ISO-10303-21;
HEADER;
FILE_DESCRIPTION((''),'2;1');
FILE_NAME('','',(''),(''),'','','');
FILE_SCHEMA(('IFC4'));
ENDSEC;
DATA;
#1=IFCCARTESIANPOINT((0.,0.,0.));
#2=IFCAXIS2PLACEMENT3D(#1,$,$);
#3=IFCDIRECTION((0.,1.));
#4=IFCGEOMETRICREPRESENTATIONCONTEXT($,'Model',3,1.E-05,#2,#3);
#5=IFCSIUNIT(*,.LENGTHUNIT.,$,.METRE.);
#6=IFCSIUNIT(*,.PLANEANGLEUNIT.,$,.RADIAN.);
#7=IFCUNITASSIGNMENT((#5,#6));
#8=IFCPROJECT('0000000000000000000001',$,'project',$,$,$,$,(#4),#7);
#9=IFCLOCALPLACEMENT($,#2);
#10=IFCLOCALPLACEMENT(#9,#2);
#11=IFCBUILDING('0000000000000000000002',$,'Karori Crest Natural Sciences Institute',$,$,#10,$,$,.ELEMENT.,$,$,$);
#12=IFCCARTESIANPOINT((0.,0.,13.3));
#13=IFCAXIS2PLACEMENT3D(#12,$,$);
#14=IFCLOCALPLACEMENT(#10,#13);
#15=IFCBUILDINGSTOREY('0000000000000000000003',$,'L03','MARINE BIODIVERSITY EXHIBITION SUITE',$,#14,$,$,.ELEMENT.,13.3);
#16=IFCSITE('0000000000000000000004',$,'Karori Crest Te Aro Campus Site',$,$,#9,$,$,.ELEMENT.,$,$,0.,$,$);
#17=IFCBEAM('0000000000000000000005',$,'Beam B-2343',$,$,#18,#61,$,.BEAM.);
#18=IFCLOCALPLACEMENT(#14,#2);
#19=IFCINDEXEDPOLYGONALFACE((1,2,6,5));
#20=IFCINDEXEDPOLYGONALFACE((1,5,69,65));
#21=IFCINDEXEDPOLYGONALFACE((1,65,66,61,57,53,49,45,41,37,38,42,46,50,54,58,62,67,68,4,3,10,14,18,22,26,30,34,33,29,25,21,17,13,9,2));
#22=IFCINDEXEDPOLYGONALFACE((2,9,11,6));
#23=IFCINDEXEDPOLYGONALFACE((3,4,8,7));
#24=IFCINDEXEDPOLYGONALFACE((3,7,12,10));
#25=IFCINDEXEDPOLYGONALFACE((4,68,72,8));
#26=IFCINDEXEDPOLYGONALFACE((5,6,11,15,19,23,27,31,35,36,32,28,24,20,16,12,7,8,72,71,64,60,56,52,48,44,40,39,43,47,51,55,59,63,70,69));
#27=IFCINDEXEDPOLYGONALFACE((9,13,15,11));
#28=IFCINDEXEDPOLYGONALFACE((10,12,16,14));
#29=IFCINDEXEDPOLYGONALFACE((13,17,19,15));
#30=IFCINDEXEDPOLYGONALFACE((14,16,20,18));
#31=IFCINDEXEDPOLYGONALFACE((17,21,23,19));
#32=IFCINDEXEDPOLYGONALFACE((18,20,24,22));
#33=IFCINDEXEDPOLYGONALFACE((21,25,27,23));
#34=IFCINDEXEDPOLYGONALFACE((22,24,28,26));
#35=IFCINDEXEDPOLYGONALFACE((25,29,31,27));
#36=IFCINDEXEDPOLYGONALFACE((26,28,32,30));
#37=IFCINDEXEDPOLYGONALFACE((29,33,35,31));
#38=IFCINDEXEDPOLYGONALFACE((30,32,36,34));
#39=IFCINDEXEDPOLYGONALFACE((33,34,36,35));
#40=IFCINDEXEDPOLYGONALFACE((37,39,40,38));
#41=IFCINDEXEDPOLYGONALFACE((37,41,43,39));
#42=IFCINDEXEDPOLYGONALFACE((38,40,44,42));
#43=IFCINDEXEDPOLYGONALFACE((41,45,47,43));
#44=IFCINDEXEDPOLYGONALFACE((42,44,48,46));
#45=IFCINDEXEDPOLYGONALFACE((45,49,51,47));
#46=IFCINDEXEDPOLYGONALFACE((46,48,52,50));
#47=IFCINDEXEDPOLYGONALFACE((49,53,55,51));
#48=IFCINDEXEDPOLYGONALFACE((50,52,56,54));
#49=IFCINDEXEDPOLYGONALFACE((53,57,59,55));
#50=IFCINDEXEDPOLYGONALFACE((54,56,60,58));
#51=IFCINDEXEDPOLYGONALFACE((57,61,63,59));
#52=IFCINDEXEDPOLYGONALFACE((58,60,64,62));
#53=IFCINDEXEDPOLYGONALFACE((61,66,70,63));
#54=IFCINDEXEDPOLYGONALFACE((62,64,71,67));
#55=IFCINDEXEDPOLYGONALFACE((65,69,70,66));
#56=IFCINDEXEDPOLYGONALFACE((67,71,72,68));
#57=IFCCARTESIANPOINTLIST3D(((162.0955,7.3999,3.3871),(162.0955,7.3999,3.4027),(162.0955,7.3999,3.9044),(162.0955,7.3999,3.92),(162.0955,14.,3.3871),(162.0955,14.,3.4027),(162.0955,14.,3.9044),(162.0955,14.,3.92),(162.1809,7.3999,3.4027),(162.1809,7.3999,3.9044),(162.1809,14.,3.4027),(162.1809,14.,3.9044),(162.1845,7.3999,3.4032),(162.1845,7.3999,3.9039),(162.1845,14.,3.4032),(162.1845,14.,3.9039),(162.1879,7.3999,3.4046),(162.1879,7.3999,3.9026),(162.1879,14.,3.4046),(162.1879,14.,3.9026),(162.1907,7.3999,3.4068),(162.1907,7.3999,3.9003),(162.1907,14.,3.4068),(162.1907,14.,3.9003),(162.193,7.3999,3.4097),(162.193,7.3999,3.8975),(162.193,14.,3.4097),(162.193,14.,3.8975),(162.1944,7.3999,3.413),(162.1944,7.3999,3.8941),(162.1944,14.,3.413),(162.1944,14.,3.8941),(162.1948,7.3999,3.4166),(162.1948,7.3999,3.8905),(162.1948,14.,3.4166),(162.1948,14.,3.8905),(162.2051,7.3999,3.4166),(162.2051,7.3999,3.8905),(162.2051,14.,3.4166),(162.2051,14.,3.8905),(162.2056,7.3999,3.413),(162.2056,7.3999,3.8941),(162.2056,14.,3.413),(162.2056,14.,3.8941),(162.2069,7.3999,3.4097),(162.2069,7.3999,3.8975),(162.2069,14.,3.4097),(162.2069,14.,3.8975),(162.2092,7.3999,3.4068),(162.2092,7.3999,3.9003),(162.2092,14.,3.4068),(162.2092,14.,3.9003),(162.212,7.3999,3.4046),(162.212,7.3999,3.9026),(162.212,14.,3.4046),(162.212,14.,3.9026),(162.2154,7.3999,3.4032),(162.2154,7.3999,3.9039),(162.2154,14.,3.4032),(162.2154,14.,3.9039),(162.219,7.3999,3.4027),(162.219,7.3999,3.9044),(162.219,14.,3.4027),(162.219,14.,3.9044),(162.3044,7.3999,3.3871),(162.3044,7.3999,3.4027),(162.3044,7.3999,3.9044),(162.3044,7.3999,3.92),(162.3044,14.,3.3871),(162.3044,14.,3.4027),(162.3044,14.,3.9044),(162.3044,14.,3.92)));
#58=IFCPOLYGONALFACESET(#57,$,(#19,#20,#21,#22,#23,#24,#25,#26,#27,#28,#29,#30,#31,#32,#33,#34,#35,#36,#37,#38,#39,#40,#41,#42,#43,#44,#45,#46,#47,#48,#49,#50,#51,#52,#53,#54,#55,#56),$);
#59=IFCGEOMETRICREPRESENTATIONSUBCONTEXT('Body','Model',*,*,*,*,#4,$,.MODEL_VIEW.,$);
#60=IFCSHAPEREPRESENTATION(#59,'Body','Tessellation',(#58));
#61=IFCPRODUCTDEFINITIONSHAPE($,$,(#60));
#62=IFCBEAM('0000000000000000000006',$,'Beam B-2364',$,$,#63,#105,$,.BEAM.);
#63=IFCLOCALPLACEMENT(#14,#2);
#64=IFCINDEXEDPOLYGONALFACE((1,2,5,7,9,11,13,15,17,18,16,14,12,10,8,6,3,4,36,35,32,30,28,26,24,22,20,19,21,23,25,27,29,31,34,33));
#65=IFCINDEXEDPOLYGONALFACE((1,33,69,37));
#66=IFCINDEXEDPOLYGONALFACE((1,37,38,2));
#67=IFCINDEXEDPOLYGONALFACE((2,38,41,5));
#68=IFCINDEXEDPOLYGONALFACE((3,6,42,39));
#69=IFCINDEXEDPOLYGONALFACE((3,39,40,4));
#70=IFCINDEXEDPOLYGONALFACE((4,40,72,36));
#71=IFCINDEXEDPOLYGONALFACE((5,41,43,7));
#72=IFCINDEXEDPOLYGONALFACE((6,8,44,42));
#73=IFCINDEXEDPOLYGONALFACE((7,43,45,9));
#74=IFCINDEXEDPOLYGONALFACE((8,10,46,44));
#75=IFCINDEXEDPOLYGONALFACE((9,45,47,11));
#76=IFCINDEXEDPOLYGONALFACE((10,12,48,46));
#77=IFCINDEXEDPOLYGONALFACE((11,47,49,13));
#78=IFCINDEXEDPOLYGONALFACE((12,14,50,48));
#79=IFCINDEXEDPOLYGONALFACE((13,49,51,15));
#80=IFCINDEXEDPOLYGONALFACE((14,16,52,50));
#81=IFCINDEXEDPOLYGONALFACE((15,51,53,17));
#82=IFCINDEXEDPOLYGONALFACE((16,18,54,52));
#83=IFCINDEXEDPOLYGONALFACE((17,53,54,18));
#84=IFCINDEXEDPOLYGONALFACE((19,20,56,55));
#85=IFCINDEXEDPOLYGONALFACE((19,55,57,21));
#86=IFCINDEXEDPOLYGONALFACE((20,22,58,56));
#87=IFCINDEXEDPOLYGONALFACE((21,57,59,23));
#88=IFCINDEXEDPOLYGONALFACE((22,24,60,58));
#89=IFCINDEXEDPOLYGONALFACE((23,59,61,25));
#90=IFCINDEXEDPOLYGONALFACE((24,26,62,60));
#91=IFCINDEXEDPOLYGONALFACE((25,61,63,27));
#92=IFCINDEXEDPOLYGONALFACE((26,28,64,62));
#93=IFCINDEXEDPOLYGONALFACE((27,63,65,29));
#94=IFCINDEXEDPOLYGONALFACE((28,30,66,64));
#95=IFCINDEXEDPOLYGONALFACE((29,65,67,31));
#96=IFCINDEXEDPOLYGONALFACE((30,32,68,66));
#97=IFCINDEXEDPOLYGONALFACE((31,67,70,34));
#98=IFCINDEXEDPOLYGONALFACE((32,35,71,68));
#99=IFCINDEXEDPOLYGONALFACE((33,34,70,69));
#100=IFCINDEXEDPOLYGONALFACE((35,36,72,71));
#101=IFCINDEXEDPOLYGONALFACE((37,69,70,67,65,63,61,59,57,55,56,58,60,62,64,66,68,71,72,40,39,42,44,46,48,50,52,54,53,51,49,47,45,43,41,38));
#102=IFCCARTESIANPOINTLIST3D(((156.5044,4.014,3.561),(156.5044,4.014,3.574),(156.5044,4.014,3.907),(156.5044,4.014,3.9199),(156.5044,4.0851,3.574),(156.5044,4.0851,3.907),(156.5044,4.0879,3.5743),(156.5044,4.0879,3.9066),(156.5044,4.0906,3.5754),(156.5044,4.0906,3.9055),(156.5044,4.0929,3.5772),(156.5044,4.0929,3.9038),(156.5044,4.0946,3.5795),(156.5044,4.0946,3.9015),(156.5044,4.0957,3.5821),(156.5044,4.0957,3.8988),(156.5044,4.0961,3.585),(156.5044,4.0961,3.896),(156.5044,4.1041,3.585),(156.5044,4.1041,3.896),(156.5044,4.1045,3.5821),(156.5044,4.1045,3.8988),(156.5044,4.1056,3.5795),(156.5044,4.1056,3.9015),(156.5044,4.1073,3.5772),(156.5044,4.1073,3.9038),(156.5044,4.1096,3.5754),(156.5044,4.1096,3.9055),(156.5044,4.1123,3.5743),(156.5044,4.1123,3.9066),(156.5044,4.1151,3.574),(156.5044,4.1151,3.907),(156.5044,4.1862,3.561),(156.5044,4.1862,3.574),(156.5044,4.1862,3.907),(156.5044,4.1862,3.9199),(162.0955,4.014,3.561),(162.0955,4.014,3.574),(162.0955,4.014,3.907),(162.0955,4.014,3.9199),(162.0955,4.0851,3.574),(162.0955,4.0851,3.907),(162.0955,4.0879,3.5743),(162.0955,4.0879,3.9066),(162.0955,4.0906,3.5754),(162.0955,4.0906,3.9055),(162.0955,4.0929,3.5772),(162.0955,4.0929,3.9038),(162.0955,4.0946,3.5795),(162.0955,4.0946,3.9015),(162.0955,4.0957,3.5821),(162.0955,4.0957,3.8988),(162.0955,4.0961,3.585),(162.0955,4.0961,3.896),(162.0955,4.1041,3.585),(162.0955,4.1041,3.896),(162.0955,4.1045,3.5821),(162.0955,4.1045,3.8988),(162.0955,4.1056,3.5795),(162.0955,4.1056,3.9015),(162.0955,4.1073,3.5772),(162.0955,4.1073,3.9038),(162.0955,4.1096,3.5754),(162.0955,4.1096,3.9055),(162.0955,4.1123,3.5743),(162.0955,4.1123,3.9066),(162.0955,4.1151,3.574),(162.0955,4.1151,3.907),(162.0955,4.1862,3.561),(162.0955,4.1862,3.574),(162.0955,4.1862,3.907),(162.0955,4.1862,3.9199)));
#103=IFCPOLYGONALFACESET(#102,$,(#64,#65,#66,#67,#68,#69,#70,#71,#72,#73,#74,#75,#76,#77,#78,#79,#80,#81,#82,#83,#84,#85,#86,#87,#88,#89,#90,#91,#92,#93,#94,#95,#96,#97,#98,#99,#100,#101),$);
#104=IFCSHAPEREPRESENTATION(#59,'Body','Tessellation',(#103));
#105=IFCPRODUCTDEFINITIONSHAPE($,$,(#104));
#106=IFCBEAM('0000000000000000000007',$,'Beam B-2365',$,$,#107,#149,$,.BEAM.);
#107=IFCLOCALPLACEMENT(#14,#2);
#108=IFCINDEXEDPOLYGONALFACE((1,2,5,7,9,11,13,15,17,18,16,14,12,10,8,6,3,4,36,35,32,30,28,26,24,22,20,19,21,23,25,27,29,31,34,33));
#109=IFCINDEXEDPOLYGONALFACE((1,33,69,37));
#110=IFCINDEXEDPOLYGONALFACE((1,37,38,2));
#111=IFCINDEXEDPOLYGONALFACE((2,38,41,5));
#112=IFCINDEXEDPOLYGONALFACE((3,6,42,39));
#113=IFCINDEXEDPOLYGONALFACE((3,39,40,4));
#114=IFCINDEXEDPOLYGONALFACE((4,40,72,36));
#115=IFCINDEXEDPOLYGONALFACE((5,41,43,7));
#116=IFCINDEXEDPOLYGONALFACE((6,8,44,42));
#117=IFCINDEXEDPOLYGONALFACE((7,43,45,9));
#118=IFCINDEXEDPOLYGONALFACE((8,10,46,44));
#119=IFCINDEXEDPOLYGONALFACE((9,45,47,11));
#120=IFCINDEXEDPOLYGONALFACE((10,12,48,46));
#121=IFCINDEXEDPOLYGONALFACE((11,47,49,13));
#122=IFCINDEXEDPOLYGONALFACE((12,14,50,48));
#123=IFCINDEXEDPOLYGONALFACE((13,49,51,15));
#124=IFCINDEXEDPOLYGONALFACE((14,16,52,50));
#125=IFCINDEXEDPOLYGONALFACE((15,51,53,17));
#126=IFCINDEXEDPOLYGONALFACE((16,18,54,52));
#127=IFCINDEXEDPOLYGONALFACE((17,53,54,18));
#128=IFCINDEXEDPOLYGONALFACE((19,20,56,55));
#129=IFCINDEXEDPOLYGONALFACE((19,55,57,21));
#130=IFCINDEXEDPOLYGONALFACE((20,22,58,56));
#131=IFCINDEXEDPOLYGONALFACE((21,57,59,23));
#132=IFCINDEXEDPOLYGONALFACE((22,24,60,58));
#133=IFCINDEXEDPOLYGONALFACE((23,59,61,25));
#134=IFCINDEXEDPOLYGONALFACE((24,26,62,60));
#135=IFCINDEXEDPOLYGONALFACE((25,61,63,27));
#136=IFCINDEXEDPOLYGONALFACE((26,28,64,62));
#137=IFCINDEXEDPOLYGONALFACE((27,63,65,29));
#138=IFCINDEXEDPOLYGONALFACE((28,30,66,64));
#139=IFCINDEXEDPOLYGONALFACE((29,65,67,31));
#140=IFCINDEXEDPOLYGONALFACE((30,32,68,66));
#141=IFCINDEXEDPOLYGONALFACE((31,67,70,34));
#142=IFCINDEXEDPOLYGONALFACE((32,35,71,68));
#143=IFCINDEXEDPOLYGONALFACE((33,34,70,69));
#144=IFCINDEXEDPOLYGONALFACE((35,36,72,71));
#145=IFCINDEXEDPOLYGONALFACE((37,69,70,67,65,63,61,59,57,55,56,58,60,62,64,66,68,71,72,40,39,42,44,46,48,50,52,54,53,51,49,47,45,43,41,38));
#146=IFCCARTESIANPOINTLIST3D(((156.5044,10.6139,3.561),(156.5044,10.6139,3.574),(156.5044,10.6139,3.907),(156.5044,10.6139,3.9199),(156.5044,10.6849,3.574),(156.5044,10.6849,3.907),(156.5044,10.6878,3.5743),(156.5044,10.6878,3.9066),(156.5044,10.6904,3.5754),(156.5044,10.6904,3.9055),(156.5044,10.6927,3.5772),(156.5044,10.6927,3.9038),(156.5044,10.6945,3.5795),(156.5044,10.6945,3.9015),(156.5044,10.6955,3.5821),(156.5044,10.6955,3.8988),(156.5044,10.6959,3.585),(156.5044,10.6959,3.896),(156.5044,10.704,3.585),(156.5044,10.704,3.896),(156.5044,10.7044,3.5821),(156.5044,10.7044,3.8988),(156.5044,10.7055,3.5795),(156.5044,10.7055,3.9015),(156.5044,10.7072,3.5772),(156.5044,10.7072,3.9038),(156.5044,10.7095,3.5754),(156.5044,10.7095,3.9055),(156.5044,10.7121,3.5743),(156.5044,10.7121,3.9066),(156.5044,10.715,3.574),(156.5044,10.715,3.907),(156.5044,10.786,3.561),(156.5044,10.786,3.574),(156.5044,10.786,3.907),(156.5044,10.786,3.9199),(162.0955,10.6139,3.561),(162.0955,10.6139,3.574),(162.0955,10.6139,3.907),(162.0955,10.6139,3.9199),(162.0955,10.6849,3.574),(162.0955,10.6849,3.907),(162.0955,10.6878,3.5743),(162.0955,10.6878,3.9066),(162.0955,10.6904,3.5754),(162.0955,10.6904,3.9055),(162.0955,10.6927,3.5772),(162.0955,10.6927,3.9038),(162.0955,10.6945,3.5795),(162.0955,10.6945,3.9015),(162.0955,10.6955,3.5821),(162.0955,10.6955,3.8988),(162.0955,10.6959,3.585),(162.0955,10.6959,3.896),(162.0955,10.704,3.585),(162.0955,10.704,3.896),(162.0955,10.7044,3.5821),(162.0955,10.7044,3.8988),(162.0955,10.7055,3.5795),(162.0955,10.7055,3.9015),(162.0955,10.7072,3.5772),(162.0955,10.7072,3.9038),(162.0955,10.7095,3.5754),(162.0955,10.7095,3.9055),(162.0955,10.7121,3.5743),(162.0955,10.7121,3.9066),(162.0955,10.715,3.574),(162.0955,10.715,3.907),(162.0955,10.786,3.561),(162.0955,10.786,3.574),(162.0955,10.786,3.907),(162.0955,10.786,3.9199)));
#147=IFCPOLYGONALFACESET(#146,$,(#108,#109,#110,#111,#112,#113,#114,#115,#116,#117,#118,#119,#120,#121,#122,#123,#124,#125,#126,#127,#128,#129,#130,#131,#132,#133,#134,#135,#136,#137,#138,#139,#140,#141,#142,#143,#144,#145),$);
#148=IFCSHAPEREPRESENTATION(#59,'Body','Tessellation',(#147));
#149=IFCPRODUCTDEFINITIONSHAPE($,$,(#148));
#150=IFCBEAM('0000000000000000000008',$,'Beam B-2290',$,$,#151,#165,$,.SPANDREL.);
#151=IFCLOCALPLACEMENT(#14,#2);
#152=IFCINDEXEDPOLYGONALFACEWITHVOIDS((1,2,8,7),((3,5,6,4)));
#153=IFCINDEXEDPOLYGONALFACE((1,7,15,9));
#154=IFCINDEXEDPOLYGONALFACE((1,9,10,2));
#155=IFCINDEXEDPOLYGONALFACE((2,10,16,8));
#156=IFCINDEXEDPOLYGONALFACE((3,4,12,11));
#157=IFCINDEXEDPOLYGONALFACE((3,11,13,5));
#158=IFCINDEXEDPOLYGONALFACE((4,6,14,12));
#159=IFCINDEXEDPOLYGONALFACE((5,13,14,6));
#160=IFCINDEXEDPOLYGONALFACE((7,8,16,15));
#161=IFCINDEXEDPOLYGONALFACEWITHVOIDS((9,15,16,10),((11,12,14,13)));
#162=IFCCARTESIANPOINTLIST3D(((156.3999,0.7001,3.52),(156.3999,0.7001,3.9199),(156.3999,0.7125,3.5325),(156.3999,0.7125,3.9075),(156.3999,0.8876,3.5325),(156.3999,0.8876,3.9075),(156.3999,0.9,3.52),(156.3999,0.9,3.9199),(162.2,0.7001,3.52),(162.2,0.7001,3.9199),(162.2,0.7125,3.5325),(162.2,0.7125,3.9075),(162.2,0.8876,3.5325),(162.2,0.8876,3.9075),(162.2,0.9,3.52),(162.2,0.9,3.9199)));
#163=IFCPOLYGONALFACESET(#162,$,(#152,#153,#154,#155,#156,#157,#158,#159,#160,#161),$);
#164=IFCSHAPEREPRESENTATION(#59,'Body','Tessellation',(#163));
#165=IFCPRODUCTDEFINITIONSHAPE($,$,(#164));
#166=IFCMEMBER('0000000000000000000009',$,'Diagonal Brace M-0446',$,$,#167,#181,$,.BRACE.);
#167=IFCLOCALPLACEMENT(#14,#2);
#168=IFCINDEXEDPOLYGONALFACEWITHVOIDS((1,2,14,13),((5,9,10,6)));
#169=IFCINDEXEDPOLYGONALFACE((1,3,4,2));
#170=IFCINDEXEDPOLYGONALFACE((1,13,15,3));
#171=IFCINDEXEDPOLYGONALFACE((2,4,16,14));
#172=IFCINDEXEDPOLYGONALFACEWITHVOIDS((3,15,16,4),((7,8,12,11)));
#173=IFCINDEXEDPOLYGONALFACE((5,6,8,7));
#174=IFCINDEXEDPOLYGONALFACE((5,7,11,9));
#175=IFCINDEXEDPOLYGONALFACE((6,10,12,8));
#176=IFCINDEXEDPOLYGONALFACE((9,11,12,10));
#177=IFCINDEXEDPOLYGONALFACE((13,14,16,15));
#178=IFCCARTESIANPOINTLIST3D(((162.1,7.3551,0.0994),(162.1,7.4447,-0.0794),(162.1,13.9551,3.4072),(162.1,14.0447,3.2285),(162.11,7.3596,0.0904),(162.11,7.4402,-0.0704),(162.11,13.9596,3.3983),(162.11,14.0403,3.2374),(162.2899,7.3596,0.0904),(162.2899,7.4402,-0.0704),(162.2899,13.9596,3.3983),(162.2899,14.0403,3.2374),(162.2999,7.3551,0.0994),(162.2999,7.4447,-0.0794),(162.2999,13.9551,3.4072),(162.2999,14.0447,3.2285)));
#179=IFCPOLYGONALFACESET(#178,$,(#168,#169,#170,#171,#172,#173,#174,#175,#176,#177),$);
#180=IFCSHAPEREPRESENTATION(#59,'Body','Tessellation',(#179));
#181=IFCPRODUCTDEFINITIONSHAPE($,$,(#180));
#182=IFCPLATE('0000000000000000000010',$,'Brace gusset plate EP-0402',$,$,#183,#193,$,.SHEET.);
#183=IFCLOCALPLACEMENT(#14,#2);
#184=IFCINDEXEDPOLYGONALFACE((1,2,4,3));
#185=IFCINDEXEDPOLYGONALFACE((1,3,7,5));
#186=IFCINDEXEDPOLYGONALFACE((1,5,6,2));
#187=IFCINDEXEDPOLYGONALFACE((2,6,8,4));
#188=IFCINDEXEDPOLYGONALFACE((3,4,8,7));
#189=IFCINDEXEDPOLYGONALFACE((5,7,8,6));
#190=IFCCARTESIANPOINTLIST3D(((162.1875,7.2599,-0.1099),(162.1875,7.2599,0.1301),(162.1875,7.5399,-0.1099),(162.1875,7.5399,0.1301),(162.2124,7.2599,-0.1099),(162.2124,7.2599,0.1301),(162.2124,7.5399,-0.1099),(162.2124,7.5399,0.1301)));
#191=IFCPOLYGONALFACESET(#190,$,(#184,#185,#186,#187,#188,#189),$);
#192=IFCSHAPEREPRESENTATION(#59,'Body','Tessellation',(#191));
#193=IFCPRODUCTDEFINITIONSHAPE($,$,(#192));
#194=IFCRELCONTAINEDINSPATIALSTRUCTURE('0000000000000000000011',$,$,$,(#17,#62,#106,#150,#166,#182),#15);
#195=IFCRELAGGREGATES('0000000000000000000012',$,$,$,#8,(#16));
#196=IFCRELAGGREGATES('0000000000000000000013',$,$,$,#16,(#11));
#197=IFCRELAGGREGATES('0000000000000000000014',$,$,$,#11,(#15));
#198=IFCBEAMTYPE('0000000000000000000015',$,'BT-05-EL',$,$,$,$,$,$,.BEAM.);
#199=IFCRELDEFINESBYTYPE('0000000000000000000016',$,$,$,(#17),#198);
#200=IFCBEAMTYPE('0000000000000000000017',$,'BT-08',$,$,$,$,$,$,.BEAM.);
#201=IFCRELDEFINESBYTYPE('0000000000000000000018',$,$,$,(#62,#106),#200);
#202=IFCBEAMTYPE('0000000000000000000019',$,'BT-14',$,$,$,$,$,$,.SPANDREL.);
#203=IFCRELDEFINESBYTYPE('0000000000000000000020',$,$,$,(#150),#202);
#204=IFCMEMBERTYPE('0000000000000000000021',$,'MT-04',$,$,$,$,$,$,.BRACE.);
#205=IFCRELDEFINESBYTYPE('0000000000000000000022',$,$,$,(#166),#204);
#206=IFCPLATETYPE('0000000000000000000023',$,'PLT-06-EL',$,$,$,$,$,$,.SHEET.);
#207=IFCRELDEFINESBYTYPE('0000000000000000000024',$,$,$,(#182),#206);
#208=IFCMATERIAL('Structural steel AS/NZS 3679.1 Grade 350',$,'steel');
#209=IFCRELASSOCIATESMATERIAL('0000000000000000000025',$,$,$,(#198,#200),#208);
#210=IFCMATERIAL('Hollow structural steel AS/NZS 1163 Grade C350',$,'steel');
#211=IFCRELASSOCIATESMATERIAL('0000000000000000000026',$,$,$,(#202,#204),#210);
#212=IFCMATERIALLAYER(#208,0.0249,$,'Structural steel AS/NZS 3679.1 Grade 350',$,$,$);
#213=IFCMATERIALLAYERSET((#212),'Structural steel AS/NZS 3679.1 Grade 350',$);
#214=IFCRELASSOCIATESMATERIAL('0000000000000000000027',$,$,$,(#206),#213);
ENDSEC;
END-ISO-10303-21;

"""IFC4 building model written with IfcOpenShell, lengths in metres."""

from ifc_helpers import new_model, si_unit, direction, frame, origin, origin_2d, place, context, subcontext, project, spatial, rectangle, hollow_rectangle, i_section, extrude, material, layer, layer_set, material_profile, profile_set, type_object, element, save


model = new_model("IFC4")

# Units and contexts
model_context = context("Model", 3, precision=1e-05, world=origin(), true_north=direction((0.0, 1.0)))
body_context = subcontext(model_context, "Body", "Model", "MODEL_VIEW")
ifc_project = project(units=[si_unit("LENGTHUNIT", "METRE"), si_unit("PLANEANGLEUNIT", "RADIAN")], contexts=[model_context])

# Site, building, storey
site_placement = place(None, origin())
site = spatial("IfcSite", under=ifc_project, at=site_placement, Name="Karori Crest Te Aro Campus Site", CompositionType="ELEMENT", RefElevation=0.0)
building_placement = place(site_placement, origin())
building = spatial("IfcBuilding", under=site, at=building_placement, Name="Karori Crest Natural Sciences Institute", CompositionType="ELEMENT")
storey_placement = place(building_placement, frame((0.0, 0.0, 13.3)))
storey = spatial("IfcBuildingStorey", under=building, at=storey_placement, Name="L03", Description="MARINE BIODIVERSITY EXHIBITION SUITE", CompositionType="ELEMENT", Elevation=13.3)

# Shared definitions
ifc_material_1 = material(Name="Structural steel AS/NZS 3679.1 Grade 350", Category="steel")

# Beams
ifc_material_profile_1 = material_profile(ifc_material_1, i_section(OverallWidth=0.209, OverallDepth=0.533, WebThickness=0.0103, FlangeThickness=0.0156, FilletRadius=0.0139, at=origin_2d()), Name="530UB92.4")
ifc_profile_set_1 = profile_set([ifc_material_profile_1], Name="Structural steel AS/NZS 3679.1 Grade 350")
beam_type_1 = type_object("IfcBeamType", Name="BT-05-EL", PredefinedType="BEAM", material=ifc_profile_set_1)
beam_1_placement = place(storey_placement, frame((162.2, 7.3999, 3.6536), z_axis=(0.0, 1.0, 0.0), x_axis=(-1.0, 0.0, 0.0)))
element("IfcBeam", 1, at=beam_1_placement, inside=storey, type_object=beam_type_1, Name="Beam B-2343", PredefinedType="BEAM", context=body_context, shape_type="SweptSolid", body=[
    extrude(i_section(OverallWidth=0.209, OverallDepth=0.533, WebThickness=0.0103, FlangeThickness=0.0156, FilletRadius=0.0139, at=origin_2d()), origin(), (0.0, 0.0, 1.0), 6.6001),
])
ifc_material_profile_2 = material_profile(ifc_material_1, i_section(OverallWidth=0.1721, OverallDepth=0.3589, WebThickness=0.0081, FlangeThickness=0.0129, FilletRadius=0.011, at=origin_2d()), Name="360UB56.7")
ifc_profile_set_2 = profile_set([ifc_material_profile_2], Name="Structural steel AS/NZS 3679.1 Grade 350")
beam_type_2 = type_object("IfcBeamType", Name="BT-08", PredefinedType="BEAM", material=ifc_profile_set_2)
for number, where, z_axis, x_axis, name in (
    (2, (156.5044, 4.1001, 3.7405), (1.0, 0.0, 0.0), (0.0, 1.0, 0.0), "Beam B-2364"),
    (3, (156.5044, 10.7, 3.7405), (1.0, 0.0, 0.0), (0.0, 1.0, 0.0), "Beam B-2365"),
):
    element("IfcBeam", number, at=place(storey_placement, frame(where, z_axis=z_axis, x_axis=x_axis)), inside=storey, type_object=beam_type_2, Name=name, PredefinedType="BEAM", context=body_context, shape_type="SweptSolid", body=[
        extrude(i_section(OverallWidth=0.1721, OverallDepth=0.3589, WebThickness=0.0081, FlangeThickness=0.0129, FilletRadius=0.011, at=origin_2d()), origin(), (0.0, 0.0, 1.0), 5.5911),
    ])
ifc_material_2 = material(Name="Hollow structural steel AS/NZS 1163 Grade C350", Category="steel")
ifc_material_profile_3 = material_profile(ifc_material_2, hollow_rectangle(XDim=0.2, YDim=0.3999, WallThickness=0.0125, at=origin_2d()), Name="RHS400x200x12.5")
ifc_profile_set_3 = profile_set([ifc_material_profile_3], Name="Hollow structural steel AS/NZS 1163 Grade C350")
beam_type_3 = type_object("IfcBeamType", Name="BT-14", PredefinedType="SPANDREL", material=ifc_profile_set_3)
beam_2_placement = place(storey_placement, frame((156.3999, 0.8, 3.72), z_axis=(1.0, 0.0, 0.0), x_axis=(0.0, 1.0, 0.0)))
element("IfcBeam", 4, at=beam_2_placement, inside=storey, type_object=beam_type_3, Name="Beam B-2290", PredefinedType="SPANDREL", context=body_context, shape_type="SweptSolid", body=[
    extrude(hollow_rectangle(XDim=0.2, YDim=0.3999, WallThickness=0.0125, at=origin_2d()), origin(), (0.0, 0.0, 1.0), 5.8),
])

# Member
ifc_material_profile_4 = material_profile(ifc_material_2, hollow_rectangle(XDim=0.2, YDim=0.2, WallThickness=0.01, at=origin_2d()), Name="SHS200x200x10")
ifc_profile_set_4 = profile_set([ifc_material_profile_4], Name="Hollow structural steel AS/NZS 1163 Grade C350")
member_type = type_object("IfcMemberType", Name="MT-04", PredefinedType="BRACE", material=ifc_profile_set_4)
member_placement = place(storey_placement, frame((162.2, 7.3999, 0.01), z_axis=(0.0, 0.894003, 0.44806), x_axis=(-1.0, 0.0, 0.0)))
element("IfcMember", 5, at=member_placement, inside=storey, type_object=member_type, Name="Diagonal Brace M-0446", PredefinedType="BRACE", context=body_context, shape_type="SweptSolid", body=[
    extrude(hollow_rectangle(XDim=0.2, YDim=0.2, WallThickness=0.01, at=origin_2d()), origin(), (0.0, 0.0, 1.0), 7.3826),
])

# Plate
ifc_layer_1 = layer(ifc_material_1, 0.0249, Name="Structural steel AS/NZS 3679.1 Grade 350")
ifc_layer_set_1 = layer_set([ifc_layer_1], Name="Structural steel AS/NZS 3679.1 Grade 350")
plate_type = type_object("IfcPlateType", Name="PLT-06-EL", PredefinedType="SHEET", material=ifc_layer_set_1)
plate_placement = place(storey_placement, frame((162.2, 7.3999, -0.1099), z_axis=(0.0, 0.0, 1.0), x_axis=(0.0, 1.0, 0.0)))
element("IfcPlate", 6, at=plate_placement, inside=storey, type_object=plate_type, Name="Brace gusset plate EP-0402", PredefinedType="SHEET", context=body_context, shape_type="SweptSolid", body=[
    extrude(rectangle(XDim=0.28, YDim=0.0249, at=origin_2d()), origin(), (0.0, 0.0, 1.0), 0.24),
])

save(model, "model.ifc")
